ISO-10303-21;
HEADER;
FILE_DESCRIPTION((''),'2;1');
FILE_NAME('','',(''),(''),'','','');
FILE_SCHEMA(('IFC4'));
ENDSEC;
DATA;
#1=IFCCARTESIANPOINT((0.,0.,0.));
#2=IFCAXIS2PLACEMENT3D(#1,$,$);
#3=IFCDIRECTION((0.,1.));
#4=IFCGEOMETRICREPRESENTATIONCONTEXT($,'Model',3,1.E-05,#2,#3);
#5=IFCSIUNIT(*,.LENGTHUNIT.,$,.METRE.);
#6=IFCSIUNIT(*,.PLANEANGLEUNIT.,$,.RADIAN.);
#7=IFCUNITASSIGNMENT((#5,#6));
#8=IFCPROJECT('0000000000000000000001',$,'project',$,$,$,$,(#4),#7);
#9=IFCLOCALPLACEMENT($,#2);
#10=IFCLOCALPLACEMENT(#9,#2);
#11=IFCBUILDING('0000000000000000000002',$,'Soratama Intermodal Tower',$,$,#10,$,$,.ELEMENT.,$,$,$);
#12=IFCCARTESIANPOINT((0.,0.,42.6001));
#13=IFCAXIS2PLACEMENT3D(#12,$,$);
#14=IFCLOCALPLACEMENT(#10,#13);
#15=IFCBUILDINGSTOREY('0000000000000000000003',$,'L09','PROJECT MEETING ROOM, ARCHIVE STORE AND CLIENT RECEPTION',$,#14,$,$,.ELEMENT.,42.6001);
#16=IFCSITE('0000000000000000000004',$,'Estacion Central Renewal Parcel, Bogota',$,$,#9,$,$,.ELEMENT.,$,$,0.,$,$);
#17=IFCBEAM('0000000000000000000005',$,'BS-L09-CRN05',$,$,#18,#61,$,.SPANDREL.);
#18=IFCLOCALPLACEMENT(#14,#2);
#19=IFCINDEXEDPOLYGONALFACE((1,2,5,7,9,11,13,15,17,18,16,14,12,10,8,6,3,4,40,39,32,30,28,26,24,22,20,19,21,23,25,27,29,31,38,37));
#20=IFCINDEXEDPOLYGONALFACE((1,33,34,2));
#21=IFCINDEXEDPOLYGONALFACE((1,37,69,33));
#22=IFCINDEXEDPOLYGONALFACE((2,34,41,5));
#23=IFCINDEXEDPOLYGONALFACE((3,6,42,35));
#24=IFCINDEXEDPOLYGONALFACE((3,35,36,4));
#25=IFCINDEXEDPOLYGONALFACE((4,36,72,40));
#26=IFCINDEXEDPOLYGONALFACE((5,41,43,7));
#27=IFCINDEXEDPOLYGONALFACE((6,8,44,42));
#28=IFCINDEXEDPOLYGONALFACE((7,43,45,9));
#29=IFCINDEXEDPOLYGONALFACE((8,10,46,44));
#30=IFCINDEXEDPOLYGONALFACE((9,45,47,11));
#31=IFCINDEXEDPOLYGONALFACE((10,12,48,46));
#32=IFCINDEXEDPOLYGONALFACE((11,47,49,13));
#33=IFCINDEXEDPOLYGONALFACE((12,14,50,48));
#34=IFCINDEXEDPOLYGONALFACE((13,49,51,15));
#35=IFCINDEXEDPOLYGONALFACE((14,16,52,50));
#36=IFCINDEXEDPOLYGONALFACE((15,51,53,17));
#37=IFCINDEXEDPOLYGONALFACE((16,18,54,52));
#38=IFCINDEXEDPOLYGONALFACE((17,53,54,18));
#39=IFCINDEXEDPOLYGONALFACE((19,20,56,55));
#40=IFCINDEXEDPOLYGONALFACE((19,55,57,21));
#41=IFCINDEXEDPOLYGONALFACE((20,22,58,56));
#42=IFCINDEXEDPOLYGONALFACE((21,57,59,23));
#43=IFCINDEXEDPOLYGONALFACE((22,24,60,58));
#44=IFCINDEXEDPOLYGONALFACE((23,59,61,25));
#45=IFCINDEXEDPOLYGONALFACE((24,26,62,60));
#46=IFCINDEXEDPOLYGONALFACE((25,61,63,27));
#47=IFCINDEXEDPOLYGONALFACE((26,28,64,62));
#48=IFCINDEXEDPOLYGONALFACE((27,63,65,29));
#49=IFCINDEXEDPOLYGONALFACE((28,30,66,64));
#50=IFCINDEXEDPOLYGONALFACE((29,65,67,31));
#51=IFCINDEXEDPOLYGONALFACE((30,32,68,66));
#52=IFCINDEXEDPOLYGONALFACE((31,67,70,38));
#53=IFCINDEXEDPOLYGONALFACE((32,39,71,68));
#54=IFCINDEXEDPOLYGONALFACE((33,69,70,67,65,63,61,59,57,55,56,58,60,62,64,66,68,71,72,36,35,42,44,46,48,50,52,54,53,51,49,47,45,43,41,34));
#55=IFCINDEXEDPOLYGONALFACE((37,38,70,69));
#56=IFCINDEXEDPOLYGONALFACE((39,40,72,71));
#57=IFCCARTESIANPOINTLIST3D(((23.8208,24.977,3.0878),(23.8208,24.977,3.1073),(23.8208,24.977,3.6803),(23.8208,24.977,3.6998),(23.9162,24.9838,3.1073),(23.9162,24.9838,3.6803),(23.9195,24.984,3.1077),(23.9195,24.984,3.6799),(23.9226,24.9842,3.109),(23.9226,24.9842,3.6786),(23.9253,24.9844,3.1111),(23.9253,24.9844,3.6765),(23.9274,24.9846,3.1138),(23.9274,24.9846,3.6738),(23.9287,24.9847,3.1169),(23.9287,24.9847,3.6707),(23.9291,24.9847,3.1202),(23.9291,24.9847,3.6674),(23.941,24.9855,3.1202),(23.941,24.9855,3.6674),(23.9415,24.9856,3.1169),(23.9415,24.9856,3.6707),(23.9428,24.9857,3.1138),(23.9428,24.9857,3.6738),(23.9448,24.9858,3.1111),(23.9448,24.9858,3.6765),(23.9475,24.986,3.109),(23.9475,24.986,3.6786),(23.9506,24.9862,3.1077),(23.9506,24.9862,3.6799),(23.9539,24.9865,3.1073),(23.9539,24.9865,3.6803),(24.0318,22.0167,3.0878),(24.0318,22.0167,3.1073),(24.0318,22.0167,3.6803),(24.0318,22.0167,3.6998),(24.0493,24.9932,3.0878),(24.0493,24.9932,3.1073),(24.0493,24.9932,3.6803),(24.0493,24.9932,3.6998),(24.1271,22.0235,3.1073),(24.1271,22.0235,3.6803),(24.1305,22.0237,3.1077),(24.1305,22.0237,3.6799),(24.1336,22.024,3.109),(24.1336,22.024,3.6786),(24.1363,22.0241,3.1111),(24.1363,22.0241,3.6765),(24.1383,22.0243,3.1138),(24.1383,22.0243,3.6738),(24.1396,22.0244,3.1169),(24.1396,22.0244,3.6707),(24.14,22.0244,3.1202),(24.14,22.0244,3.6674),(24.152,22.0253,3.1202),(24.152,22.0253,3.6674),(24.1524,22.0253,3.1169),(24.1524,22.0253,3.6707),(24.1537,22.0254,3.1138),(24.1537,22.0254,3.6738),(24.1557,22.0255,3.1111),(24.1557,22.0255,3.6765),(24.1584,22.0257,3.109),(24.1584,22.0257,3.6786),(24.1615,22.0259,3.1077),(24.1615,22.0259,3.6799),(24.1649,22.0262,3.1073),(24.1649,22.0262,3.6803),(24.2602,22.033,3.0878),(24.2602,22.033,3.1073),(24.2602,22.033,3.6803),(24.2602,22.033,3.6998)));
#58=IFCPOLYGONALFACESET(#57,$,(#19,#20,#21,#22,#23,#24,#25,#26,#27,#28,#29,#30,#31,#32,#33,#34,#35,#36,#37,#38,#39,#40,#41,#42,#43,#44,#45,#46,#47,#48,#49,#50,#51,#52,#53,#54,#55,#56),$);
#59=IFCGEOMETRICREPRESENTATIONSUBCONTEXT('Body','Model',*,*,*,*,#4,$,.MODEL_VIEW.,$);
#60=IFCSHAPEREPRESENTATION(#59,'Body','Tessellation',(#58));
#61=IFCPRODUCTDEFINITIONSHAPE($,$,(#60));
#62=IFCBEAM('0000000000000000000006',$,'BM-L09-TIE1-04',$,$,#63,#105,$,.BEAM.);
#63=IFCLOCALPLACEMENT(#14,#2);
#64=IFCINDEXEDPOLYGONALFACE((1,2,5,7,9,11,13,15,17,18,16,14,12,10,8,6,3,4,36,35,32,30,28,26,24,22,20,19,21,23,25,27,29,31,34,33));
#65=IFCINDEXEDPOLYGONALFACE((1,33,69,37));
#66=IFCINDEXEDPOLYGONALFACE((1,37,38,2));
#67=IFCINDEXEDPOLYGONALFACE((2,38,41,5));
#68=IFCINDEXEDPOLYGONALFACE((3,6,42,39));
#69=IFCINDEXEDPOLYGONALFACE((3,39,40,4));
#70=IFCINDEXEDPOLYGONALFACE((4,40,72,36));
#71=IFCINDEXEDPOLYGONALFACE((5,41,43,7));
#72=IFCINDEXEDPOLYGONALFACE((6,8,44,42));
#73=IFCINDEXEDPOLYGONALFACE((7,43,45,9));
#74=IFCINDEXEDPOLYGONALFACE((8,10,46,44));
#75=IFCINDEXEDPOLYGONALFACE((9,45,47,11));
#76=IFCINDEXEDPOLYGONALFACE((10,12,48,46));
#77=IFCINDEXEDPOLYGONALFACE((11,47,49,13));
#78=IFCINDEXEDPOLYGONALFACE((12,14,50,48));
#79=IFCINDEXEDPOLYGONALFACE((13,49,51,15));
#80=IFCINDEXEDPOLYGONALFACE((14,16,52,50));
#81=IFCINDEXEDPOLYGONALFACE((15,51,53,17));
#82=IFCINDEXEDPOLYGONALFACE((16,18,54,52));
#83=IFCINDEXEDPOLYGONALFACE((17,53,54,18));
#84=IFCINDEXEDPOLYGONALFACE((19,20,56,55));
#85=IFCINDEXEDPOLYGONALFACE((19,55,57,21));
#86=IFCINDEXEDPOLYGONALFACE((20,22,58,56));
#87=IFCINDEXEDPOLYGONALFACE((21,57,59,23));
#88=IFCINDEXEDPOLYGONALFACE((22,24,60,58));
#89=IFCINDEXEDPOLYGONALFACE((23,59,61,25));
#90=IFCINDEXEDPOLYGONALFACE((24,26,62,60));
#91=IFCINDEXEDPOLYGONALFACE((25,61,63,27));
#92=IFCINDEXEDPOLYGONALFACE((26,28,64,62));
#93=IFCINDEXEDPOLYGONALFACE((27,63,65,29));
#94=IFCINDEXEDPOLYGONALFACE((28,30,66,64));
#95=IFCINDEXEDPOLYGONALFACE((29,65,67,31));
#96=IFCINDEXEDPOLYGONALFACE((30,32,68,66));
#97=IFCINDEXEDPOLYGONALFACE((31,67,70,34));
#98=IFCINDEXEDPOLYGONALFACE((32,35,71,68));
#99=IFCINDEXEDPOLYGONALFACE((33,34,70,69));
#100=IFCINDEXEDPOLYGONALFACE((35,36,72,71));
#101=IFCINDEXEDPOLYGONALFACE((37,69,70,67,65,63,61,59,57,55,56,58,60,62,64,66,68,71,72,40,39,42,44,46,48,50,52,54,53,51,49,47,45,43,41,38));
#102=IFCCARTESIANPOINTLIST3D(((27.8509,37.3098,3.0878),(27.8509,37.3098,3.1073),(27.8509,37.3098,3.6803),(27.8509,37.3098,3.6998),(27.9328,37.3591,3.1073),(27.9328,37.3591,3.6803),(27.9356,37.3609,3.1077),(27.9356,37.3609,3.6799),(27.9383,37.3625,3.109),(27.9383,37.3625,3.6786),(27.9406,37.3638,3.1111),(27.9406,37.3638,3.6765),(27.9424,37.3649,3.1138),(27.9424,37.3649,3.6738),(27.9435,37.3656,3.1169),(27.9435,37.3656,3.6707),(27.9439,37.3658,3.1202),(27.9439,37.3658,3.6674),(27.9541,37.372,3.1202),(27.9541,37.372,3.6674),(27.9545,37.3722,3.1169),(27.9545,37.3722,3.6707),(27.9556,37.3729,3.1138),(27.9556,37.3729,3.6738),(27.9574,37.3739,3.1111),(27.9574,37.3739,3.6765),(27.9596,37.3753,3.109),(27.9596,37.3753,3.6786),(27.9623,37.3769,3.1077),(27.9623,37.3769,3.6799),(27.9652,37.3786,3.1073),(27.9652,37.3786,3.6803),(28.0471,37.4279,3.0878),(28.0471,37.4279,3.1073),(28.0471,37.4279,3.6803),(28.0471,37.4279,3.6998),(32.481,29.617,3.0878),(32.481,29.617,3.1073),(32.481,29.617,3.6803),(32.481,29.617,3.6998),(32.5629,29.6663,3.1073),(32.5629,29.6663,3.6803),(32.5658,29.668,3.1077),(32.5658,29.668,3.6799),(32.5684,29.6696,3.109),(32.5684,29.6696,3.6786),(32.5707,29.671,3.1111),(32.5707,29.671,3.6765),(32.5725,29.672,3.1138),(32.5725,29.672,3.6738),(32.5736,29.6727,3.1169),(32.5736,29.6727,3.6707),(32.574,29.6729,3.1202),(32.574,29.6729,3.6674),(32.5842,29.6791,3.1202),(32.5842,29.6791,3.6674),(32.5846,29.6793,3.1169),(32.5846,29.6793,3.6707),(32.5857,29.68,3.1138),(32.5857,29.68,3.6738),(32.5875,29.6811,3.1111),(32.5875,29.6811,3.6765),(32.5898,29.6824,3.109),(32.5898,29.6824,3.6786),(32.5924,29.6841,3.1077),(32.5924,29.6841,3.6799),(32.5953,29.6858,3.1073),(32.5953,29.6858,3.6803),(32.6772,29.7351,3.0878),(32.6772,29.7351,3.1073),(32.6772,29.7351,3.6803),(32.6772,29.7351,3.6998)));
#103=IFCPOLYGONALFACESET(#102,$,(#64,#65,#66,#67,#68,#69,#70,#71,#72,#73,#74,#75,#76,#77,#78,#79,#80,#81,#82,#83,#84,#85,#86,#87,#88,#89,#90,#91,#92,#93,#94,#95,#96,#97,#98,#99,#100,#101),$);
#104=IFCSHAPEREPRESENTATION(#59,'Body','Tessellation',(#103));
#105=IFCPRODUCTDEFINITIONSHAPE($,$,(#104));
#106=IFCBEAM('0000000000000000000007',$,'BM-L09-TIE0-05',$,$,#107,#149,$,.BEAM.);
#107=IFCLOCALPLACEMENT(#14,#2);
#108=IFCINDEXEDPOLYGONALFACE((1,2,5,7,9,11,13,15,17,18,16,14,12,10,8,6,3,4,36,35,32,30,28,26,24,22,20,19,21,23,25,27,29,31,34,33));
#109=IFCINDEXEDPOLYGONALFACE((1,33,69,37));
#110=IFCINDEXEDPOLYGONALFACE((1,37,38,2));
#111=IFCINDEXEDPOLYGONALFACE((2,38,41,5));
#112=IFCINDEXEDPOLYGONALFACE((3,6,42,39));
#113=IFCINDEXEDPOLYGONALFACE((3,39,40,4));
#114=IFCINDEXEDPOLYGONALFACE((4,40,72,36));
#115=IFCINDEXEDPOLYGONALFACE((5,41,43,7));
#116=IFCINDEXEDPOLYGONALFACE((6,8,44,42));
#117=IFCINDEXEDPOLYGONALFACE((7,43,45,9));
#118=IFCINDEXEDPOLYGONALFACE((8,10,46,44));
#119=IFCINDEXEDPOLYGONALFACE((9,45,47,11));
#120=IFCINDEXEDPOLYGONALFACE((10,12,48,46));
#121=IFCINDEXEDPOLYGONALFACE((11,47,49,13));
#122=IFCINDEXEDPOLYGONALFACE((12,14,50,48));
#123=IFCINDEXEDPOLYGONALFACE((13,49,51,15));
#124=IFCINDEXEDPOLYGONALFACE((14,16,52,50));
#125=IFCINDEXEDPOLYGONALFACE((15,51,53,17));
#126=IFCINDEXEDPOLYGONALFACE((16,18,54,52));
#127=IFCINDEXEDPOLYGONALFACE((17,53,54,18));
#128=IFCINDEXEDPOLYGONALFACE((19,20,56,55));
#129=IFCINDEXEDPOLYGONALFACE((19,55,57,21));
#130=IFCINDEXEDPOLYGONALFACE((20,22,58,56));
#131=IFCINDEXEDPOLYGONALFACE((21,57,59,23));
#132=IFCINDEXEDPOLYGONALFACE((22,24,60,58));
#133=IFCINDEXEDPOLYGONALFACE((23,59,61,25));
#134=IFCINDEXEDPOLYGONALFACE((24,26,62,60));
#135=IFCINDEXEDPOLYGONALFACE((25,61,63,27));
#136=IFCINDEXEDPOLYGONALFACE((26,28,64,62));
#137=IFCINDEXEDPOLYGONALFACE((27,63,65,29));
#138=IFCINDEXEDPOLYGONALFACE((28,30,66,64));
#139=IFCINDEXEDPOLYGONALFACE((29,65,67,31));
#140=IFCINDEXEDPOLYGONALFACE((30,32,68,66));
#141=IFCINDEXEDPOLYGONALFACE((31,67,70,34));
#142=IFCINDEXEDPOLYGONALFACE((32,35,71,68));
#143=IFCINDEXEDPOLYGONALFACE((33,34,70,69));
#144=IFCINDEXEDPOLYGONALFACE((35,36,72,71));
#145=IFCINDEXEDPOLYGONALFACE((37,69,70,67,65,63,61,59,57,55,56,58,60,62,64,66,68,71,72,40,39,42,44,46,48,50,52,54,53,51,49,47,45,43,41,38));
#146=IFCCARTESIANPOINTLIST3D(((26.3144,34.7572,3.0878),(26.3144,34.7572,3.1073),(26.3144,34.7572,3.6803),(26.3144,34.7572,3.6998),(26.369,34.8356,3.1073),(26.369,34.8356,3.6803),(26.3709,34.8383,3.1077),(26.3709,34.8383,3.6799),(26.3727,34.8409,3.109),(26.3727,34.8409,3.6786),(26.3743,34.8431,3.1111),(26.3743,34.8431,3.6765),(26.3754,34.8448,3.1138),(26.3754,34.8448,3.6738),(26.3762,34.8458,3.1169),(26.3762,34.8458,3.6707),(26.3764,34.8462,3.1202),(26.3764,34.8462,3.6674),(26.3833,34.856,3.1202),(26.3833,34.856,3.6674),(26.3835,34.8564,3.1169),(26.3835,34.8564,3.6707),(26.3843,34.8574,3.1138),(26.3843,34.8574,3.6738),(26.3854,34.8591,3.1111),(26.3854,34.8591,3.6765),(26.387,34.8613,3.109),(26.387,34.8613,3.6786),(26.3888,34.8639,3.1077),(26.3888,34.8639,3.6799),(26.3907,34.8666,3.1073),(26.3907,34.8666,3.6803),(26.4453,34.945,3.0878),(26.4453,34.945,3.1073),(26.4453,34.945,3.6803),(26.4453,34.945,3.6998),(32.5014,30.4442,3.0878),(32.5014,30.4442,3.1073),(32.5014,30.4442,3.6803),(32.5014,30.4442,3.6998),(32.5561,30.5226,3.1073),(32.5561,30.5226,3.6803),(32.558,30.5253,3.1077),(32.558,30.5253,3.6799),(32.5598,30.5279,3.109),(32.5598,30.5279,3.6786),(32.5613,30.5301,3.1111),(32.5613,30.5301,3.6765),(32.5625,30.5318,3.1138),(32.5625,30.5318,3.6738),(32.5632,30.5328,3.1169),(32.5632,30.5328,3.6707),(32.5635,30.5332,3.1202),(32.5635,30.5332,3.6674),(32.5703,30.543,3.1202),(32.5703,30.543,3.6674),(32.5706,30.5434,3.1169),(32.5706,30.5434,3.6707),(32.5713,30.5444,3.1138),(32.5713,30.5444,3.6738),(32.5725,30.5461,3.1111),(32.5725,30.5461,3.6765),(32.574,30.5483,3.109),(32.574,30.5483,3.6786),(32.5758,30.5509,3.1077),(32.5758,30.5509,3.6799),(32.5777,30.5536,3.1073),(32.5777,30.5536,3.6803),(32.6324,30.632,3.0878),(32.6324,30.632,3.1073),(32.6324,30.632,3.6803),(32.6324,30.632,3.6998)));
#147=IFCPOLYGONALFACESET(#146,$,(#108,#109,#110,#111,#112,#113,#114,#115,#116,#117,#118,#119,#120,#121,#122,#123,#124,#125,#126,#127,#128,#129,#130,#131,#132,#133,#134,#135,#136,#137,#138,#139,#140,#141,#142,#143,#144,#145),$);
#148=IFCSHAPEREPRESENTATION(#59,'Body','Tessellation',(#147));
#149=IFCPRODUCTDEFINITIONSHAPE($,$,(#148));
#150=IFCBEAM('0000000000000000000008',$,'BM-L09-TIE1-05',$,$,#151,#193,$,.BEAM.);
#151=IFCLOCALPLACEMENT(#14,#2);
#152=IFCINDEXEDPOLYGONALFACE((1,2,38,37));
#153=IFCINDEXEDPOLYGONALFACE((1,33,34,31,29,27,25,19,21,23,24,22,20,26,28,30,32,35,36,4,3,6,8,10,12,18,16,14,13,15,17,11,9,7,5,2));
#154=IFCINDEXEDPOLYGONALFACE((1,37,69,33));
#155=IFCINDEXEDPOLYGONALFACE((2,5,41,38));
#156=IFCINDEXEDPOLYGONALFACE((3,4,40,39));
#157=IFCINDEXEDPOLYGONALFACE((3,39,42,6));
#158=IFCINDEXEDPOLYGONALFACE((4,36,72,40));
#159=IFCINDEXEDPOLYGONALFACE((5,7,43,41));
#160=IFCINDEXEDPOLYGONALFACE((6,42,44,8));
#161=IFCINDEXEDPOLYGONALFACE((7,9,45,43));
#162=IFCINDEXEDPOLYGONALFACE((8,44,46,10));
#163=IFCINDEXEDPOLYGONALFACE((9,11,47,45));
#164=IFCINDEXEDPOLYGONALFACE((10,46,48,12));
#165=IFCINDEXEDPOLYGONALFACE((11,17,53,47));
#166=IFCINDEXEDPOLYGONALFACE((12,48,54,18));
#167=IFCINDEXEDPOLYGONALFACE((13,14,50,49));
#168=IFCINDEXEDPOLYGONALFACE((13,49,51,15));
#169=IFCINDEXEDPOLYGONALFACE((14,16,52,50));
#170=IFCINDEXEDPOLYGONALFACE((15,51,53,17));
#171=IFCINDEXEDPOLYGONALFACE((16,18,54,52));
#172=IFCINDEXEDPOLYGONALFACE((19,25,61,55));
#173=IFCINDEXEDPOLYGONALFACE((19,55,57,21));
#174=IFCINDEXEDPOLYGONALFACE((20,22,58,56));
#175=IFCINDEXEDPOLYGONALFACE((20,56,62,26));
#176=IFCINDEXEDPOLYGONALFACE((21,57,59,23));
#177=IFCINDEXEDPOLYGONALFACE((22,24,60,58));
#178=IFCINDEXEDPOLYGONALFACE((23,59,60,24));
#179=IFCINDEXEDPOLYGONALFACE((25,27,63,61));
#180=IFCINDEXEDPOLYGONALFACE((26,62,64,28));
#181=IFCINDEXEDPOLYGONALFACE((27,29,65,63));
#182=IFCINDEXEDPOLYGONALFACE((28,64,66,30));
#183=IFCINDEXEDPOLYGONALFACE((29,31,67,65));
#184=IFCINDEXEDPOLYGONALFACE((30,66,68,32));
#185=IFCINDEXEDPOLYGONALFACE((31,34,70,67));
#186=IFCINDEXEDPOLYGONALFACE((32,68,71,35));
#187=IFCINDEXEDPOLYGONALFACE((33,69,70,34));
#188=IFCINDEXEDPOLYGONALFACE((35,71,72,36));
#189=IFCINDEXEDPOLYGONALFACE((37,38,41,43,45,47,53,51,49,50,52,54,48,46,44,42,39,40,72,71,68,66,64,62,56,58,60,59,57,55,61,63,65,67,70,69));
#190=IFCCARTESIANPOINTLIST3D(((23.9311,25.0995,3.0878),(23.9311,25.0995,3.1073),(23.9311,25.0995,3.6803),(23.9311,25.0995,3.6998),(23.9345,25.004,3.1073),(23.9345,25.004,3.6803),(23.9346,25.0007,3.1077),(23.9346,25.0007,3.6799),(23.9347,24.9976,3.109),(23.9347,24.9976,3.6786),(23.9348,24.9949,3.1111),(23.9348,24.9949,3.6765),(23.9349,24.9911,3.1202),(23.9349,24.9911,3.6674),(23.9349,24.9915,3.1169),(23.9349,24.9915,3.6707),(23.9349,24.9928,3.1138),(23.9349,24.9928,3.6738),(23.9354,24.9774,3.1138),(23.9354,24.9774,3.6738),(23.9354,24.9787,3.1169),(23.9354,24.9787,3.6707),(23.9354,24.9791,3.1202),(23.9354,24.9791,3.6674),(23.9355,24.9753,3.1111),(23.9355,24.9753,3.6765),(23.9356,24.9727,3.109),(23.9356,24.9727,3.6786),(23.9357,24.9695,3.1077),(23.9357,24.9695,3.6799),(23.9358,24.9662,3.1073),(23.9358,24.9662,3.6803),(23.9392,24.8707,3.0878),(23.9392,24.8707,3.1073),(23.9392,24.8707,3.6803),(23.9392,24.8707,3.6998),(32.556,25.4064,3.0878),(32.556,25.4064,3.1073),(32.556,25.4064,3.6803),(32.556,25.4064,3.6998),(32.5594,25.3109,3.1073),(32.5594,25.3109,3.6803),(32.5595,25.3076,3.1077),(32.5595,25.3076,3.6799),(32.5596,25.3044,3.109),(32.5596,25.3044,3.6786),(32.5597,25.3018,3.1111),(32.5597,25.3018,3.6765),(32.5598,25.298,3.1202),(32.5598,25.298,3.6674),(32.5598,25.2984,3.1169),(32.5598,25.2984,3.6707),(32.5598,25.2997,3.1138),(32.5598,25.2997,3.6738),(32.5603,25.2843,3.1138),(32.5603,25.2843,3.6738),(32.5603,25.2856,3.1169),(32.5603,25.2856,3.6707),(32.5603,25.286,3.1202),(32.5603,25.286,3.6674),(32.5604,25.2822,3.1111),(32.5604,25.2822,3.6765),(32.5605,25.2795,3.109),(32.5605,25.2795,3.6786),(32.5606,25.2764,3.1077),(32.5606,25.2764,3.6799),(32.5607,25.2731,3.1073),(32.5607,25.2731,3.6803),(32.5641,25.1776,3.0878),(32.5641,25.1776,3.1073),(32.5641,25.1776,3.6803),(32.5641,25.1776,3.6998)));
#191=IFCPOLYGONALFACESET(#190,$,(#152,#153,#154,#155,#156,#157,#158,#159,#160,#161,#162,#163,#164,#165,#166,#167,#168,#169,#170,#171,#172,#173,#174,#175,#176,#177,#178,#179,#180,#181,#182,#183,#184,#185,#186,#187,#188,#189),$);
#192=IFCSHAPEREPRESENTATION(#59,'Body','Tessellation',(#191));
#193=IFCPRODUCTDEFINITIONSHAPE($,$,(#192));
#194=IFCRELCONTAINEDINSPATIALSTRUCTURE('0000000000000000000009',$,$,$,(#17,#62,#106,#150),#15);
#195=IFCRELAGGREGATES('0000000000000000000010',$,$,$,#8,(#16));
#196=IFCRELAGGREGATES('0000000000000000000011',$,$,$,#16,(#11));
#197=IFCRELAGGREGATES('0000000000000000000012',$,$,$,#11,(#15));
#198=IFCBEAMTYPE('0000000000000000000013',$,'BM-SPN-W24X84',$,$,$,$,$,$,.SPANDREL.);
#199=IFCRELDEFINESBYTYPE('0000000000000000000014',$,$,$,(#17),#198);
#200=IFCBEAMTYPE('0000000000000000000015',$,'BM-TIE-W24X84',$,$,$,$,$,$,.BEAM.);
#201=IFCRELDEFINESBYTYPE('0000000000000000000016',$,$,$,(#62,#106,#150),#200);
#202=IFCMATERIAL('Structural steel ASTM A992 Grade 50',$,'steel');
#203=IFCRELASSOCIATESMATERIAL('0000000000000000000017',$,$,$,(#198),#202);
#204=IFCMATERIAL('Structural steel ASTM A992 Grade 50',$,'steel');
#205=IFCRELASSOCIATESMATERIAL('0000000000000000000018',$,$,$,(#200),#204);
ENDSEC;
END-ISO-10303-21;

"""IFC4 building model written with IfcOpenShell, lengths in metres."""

from ifc_helpers import new_model, si_unit, direction, frame, origin, origin_2d, place, context, subcontext, project, spatial, i_section, extrude, material, material_profile, profile_set, type_object, element, save


model = new_model("IFC4")

# Units and contexts
model_context = context("Model", 3, precision=1e-05, world=origin(), true_north=direction((0.0, 1.0)))
body_context = subcontext(model_context, "Body", "Model", "MODEL_VIEW")
ifc_project = project(units=[si_unit("LENGTHUNIT", "METRE"), si_unit("PLANEANGLEUNIT", "RADIAN")], contexts=[model_context])

# Site, building, storey
site_placement = place(None, origin())
site = spatial("IfcSite", under=ifc_project, at=site_placement, Name="Estacion Central Renewal Parcel, Bogota", CompositionType="ELEMENT", RefElevation=0.0)
building_placement = place(site_placement, origin())
building = spatial("IfcBuilding", under=site, at=building_placement, Name="Soratama Intermodal Tower", CompositionType="ELEMENT")
storey_placement = place(building_placement, frame((0.0, 0.0, 42.6001)))
storey = spatial("IfcBuildingStorey", under=building, at=storey_placement, Name="L09", Description="PROJECT MEETING ROOM, ARCHIVE STORE AND CLIENT RECEPTION", CompositionType="ELEMENT", Elevation=42.6001)

# Beams
ifc_material_1 = material(Name="Structural steel ASTM A992 Grade 50", Category="steel")
ifc_material_profile_1 = material_profile(ifc_material_1, i_section(OverallWidth=0.229, OverallDepth=0.6121, WebThickness=0.012, FlangeThickness=0.0195, FilletRadius=0.0129, at=origin_2d()), Name="W24X84")
ifc_profile_set_1 = profile_set([ifc_material_profile_1], Name="Structural steel ASTM A992 Grade 50")
beam_type_1 = type_object("IfcBeamType", Name="BM-SPN-W24X84", PredefinedType="SPANDREL", material=ifc_profile_set_1)
beam_1_placement = place(storey_placement, frame((23.9351, 24.9851, 3.3938), z_axis=(0.071078, -0.997471, 0.0), x_axis=(0.997471, 0.071078, 0.0)))
element("IfcBeam", 1, at=beam_1_placement, inside=storey, type_object=beam_type_1, Name="BS-L09-CRN05", PredefinedType="SPANDREL", context=body_context, shape_type="SweptSolid", body=[
    extrude(i_section(OverallWidth=0.229, OverallDepth=0.6121, WebThickness=0.012, FlangeThickness=0.0195, FilletRadius=0.0129, at=origin_2d()), origin(), (0.0, 0.0, 1.0), 2.9678),
])
ifc_material_2 = material(Name="Structural steel ASTM A992 Grade 50", Category="steel")
ifc_material_profile_2 = material_profile(ifc_material_2, i_section(OverallWidth=0.229, OverallDepth=0.6121, WebThickness=0.012, FlangeThickness=0.0195, FilletRadius=0.0129, at=origin_2d()), Name="W24X84")
ifc_profile_set_2 = profile_set([ifc_material_profile_2], Name="Structural steel ASTM A992 Grade 50")
beam_type_2 = type_object("IfcBeamType", Name="BM-TIE-W24X84", PredefinedType="BEAM", material=ifc_profile_set_2)
beam_2_placement = place(storey_placement, frame((32.5791, 29.676, 3.3938), z_axis=(-0.515675, 0.856784, 0.0), x_axis=(-0.856784, -0.515675, 0.0)))
element("IfcBeam", 2, at=beam_2_placement, inside=storey, type_object=beam_type_2, Name="BM-L09-TIE1-04", PredefinedType="BEAM", context=body_context, shape_type="SweptSolid", body=[
    extrude(i_section(OverallWidth=0.229, OverallDepth=0.6121, WebThickness=0.012, FlangeThickness=0.0195, FilletRadius=0.0129, at=origin_2d()), origin(), (0.0, 0.0, 1.0), 8.9788),
])
beam_3_placement = place(storey_placement, frame((32.5669, 30.5381, 3.3938), z_axis=(-0.820347, 0.571867, 0.0), x_axis=(-0.571867, -0.820347, 0.0)))
element("IfcBeam", 3, at=beam_3_placement, inside=storey, type_object=beam_type_2, Name="BM-L09-TIE0-05", PredefinedType="BEAM", context=body_context, shape_type="SweptSolid", body=[
    extrude(i_section(OverallWidth=0.229, OverallDepth=0.6121, WebThickness=0.012, FlangeThickness=0.0195, FilletRadius=0.0129, at=origin_2d()), origin(), (0.0, 0.0, 1.0), 7.542),
])
beam_4_placement = place(storey_placement, frame((32.5601, 25.292, 3.3938), z_axis=(-0.999368, -0.035558, 0.0), x_axis=(0.035558, -0.999368, 0.0)))
element("IfcBeam", 4, at=beam_4_placement, inside=storey, type_object=beam_type_2, Name="BM-L09-TIE1-05", PredefinedType="BEAM", context=body_context, shape_type="SweptSolid", body=[
    extrude(i_section(OverallWidth=0.229, OverallDepth=0.6121, WebThickness=0.012, FlangeThickness=0.0195, FilletRadius=0.0129, at=origin_2d()), origin(), (0.0, 0.0, 1.0), 8.6304),
])

save(model, "model.ifc")
